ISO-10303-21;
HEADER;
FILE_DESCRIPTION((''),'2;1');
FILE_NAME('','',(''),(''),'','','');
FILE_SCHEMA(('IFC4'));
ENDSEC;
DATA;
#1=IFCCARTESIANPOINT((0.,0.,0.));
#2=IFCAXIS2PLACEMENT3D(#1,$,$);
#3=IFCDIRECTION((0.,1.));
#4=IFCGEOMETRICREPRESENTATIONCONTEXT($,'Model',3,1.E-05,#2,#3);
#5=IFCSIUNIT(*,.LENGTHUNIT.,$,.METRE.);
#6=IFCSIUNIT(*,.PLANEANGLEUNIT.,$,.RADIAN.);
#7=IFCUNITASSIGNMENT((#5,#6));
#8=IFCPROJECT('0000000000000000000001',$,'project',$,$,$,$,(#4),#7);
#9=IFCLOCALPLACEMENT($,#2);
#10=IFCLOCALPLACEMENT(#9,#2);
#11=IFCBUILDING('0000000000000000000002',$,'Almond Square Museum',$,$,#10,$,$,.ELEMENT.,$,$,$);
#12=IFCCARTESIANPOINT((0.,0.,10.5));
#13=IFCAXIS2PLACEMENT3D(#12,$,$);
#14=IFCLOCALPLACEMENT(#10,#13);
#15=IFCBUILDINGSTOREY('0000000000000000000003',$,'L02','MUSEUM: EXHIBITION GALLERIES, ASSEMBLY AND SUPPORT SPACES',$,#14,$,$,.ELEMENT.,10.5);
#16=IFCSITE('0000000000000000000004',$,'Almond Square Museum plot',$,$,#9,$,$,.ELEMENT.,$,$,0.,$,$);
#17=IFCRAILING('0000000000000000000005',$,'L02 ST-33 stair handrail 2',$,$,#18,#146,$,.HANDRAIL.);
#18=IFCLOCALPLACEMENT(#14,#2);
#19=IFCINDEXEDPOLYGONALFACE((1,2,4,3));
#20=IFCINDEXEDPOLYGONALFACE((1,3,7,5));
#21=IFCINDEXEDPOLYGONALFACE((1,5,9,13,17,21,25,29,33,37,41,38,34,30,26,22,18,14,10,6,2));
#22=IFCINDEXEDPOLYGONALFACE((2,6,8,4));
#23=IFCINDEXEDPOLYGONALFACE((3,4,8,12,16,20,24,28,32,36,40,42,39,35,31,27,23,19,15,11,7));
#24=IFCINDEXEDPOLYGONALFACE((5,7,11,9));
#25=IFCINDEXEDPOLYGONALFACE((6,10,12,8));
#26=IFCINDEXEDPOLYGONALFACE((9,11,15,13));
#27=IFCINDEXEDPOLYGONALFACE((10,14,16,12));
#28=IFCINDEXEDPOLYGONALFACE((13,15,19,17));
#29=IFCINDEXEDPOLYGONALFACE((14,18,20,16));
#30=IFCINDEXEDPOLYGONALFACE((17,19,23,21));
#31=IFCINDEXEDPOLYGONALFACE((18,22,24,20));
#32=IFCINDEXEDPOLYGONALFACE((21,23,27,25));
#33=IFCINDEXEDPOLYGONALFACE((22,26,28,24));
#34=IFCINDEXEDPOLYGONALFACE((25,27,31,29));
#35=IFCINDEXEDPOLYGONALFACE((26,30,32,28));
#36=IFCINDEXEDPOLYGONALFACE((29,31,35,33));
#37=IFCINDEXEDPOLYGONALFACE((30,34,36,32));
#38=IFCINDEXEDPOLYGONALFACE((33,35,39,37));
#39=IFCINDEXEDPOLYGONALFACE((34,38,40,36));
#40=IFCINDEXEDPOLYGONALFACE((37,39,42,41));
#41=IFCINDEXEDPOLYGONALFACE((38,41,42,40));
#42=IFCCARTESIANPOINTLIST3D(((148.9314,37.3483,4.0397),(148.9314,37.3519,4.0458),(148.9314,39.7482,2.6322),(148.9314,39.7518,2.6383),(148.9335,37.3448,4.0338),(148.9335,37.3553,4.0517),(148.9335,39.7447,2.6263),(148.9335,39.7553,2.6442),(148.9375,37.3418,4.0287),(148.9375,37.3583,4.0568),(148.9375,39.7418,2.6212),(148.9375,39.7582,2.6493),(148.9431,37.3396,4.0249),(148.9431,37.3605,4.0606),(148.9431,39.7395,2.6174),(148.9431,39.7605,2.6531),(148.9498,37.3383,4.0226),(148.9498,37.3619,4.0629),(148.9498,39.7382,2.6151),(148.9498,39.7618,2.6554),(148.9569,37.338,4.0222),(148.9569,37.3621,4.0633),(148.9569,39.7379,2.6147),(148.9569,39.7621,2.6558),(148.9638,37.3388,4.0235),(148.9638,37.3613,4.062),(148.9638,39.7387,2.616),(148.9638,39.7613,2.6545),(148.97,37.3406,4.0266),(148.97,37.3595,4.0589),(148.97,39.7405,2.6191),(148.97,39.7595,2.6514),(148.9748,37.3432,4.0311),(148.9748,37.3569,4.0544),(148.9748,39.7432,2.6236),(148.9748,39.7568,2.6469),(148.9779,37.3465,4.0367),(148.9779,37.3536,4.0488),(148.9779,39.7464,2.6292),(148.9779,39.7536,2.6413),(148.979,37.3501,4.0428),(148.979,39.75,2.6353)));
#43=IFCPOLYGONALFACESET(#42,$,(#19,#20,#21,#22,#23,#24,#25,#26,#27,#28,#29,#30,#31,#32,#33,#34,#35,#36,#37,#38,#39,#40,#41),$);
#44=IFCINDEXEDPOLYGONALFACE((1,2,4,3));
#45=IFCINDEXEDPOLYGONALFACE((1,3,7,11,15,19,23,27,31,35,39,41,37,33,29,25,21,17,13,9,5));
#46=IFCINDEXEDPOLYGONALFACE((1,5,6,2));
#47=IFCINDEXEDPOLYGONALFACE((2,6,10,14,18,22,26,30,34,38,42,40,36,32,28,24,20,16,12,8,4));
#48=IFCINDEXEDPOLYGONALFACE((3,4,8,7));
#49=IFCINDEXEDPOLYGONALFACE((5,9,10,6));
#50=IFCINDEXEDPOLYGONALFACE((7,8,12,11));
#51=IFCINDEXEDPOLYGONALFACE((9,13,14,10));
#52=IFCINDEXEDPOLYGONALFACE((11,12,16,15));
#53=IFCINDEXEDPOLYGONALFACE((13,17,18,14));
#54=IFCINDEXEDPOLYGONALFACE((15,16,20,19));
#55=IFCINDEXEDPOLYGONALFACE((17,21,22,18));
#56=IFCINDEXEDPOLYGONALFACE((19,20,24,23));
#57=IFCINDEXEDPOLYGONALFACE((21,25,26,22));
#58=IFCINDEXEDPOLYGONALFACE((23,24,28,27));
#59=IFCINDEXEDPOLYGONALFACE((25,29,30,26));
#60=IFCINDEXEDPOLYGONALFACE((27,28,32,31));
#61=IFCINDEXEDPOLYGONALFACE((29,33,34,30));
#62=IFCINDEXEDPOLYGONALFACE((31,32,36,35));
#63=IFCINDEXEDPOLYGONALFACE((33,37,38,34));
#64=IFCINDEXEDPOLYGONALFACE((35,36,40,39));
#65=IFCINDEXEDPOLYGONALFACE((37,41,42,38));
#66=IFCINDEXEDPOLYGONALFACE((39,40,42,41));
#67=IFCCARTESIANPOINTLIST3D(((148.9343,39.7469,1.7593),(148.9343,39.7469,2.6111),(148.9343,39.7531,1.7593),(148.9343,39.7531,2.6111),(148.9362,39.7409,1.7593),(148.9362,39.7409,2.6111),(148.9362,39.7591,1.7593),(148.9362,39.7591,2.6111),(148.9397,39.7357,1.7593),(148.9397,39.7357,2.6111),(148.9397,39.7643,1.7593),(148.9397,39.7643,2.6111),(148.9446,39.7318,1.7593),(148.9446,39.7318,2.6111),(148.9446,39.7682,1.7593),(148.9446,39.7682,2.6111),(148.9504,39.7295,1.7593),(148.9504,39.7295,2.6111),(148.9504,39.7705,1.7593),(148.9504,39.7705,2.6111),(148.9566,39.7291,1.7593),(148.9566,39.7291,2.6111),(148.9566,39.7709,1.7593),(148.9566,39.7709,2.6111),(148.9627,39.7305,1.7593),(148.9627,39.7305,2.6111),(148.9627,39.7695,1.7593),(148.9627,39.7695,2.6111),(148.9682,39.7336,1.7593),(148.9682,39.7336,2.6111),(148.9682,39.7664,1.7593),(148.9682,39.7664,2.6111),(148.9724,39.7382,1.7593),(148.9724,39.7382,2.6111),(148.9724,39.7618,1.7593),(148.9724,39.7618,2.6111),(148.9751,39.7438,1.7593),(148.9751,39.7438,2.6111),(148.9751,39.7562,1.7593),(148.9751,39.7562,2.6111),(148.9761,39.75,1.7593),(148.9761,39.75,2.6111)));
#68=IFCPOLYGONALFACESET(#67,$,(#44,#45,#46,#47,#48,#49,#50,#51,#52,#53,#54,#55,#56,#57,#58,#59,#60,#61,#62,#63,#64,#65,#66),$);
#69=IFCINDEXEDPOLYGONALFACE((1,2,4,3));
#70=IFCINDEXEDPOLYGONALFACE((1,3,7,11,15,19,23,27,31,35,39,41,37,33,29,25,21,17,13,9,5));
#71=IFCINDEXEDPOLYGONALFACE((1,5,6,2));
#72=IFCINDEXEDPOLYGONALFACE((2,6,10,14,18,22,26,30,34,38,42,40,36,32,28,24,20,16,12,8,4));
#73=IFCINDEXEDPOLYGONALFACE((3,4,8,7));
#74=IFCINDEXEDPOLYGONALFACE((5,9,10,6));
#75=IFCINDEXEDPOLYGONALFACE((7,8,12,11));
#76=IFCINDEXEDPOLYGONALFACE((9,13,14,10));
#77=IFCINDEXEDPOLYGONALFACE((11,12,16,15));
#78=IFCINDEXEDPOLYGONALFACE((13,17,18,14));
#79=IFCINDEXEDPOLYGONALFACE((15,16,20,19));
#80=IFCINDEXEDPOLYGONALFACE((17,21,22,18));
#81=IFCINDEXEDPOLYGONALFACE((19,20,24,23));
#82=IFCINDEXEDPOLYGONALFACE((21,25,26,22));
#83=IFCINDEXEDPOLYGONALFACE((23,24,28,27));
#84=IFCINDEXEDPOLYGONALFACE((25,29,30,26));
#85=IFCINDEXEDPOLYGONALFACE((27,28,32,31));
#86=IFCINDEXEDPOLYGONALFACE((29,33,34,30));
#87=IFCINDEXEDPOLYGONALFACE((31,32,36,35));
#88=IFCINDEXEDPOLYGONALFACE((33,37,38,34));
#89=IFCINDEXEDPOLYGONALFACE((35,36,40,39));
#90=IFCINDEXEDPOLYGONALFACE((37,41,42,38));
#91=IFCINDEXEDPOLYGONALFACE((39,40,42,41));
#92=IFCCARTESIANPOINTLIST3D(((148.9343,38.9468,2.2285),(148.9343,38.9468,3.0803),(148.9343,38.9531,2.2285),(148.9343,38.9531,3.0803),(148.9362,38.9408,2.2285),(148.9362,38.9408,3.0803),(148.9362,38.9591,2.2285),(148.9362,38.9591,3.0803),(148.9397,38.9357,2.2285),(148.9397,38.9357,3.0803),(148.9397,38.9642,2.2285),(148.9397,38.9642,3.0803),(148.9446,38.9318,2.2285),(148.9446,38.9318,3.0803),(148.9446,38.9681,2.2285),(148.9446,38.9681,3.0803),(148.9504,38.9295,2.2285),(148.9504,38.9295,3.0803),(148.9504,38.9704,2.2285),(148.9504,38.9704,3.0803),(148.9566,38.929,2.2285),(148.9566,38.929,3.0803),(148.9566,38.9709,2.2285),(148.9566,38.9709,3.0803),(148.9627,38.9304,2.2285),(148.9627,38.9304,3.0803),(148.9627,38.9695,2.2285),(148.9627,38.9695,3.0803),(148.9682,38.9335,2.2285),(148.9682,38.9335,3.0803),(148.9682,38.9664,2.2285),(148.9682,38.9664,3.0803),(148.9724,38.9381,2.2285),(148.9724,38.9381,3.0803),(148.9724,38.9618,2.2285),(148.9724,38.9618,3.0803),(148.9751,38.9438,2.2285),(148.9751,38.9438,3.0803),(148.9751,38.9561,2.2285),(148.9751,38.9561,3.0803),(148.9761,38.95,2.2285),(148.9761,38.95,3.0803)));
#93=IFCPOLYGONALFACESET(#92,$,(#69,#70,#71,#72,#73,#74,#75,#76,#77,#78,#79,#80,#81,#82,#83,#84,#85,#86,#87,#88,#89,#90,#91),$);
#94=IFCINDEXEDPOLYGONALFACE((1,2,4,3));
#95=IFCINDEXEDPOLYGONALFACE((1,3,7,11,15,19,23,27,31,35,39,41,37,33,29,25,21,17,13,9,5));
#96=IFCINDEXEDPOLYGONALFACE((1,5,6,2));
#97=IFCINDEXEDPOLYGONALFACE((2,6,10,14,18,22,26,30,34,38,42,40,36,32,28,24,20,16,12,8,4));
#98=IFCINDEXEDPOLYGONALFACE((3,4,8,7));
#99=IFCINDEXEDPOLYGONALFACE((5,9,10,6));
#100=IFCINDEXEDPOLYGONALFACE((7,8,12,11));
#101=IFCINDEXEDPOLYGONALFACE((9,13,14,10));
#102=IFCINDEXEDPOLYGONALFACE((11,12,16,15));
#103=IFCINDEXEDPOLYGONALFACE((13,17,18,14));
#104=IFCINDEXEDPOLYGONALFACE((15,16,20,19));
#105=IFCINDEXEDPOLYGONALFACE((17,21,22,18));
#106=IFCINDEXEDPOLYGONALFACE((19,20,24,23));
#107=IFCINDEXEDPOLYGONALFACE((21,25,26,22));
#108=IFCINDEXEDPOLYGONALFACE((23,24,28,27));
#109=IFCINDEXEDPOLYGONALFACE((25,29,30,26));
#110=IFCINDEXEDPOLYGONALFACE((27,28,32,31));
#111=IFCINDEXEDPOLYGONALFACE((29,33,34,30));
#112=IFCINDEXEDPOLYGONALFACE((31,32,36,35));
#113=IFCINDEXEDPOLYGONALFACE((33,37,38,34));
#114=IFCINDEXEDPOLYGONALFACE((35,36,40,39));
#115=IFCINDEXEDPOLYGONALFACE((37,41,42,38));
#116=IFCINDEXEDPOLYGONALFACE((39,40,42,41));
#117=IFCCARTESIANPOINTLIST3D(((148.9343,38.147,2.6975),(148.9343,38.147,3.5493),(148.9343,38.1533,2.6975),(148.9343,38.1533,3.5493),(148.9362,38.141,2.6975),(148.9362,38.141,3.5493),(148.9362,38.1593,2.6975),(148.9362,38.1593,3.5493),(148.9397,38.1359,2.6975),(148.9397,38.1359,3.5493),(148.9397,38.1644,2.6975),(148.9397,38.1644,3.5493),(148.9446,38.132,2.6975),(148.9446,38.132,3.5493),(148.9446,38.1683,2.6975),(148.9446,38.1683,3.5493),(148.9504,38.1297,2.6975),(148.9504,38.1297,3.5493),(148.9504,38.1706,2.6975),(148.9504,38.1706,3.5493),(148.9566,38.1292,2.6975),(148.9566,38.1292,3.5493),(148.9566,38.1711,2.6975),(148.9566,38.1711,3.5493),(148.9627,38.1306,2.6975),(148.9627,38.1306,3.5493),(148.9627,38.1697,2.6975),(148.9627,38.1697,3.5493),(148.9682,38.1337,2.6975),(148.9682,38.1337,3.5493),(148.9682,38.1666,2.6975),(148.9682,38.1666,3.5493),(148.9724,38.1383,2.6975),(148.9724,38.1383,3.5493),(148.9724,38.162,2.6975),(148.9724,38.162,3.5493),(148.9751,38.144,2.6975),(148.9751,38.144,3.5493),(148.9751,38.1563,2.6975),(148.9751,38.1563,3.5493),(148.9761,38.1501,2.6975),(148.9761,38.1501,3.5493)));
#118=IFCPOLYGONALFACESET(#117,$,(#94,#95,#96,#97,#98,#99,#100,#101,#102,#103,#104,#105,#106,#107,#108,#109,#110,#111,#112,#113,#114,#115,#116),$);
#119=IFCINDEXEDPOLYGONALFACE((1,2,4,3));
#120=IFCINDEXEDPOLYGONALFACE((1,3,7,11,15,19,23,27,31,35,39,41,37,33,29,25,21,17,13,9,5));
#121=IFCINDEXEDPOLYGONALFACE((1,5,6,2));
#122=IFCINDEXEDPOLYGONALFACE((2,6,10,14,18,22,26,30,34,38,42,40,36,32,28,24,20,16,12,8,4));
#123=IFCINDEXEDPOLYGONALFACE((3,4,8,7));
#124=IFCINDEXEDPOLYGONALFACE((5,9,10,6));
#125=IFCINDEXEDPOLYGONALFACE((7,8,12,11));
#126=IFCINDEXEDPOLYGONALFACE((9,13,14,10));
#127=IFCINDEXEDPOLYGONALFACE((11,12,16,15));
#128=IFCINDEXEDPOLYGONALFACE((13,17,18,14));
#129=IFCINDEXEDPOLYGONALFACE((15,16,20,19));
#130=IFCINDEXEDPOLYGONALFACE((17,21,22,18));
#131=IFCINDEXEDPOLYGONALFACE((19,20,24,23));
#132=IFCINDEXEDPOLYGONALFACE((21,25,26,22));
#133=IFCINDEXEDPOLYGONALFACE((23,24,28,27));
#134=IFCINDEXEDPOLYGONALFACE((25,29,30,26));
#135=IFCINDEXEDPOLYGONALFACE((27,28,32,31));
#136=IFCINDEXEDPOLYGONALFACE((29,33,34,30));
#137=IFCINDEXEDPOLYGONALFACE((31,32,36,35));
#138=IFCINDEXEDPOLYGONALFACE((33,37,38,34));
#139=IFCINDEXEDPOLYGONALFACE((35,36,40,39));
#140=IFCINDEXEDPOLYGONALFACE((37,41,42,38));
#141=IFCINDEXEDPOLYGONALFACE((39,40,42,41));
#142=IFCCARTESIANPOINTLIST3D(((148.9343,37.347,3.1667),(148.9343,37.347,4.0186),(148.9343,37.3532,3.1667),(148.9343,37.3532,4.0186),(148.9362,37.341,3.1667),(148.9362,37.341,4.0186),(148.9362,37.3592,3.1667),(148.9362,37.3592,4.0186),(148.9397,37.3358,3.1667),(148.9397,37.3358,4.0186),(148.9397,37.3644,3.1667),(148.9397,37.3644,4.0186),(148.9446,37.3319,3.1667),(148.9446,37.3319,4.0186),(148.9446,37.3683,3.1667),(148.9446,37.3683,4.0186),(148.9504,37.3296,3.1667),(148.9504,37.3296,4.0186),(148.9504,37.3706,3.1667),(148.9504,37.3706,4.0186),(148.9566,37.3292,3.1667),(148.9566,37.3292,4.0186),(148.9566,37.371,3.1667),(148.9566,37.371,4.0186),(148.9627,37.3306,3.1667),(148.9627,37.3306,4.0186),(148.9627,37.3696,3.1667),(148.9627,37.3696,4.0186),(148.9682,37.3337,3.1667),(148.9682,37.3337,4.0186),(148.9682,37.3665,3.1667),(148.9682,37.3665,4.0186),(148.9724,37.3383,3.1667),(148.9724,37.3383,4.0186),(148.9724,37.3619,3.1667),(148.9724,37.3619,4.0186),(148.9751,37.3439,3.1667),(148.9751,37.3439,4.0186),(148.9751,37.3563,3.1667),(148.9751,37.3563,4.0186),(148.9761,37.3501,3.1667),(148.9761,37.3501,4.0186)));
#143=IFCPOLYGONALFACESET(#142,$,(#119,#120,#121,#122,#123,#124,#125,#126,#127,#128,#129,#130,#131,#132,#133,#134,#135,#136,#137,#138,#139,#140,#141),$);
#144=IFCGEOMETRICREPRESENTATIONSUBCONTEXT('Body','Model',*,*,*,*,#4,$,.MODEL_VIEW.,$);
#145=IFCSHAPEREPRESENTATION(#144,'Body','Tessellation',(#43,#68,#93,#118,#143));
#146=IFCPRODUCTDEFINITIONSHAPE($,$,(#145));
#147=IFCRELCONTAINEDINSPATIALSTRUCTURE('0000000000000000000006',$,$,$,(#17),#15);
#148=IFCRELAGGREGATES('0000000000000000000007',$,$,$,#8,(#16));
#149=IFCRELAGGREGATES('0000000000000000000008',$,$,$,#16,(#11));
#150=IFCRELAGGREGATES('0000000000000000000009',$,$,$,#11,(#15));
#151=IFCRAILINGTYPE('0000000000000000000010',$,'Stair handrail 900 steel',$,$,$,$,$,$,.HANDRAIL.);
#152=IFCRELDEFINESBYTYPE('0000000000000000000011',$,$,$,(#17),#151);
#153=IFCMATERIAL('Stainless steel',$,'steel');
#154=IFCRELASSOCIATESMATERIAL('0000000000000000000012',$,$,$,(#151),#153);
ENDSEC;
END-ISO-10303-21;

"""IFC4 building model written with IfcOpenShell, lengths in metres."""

from ifc_helpers import new_model, si_unit, direction, frame, origin, origin_2d, place, context, subcontext, project, spatial, circle, extrude, material, type_object, element, save


model = new_model("IFC4")

# Units and contexts
model_context = context("Model", 3, precision=1e-05, world=origin(), true_north=direction((0.0, 1.0)))
body_context = subcontext(model_context, "Body", "Model", "MODEL_VIEW")
ifc_project = project(units=[si_unit("LENGTHUNIT", "METRE"), si_unit("PLANEANGLEUNIT", "RADIAN")], contexts=[model_context])

# Site, building, storey
site_placement = place(None, origin())
site = spatial("IfcSite", under=ifc_project, at=site_placement, Name="Almond Square Museum plot", CompositionType="ELEMENT", RefElevation=0.0)
building_placement = place(site_placement, origin())
building = spatial("IfcBuilding", under=site, at=building_placement, Name="Almond Square Museum", CompositionType="ELEMENT")
storey_placement = place(building_placement, frame((0.0, 0.0, 10.5)))
storey = spatial("IfcBuildingStorey", under=building, at=storey_placement, Name="L02", Description="MUSEUM: EXHIBITION GALLERIES, ASSEMBLY AND SUPPORT SPACES", CompositionType="ELEMENT", Elevation=10.5)

# Railing
ifc_material_1 = material(Name="Stainless steel", Category="steel")
railing_type_1 = type_object("IfcRailingType", Name="Stair handrail 900 steel", PredefinedType="HANDRAIL", material=ifc_material_1)
railing_1_placement = place(storey_placement, frame((148.9551, 39.75, 1.7593)))
element("IfcRailing", 1, at=railing_1_placement, inside=storey, type_object=railing_type_1, Name="L02 ST-33 stair handrail 2", PredefinedType="HANDRAIL", context=body_context, shape_type="SweptSolid", body=[
    extrude(circle(Radius=0.0239, at=origin_2d()), frame((0.0, 0.0, 0.876), z_axis=(0.0, -0.862599, 0.505888), x_axis=(1.0, 0.0, 0.0)), (0.0, 0.0, 1.0), 2.7822),
    extrude(circle(Radius=0.021, at=origin_2d()), origin(), (0.0, 0.0, 1.0), 0.8518),
    extrude(circle(Radius=0.021, at=origin_2d()), frame((0.0, -0.8, 0.4692)), (0.0, 0.0, 1.0), 0.8518),
    extrude(circle(Radius=0.021, at=origin_2d()), frame((0.0, -1.5999, 0.9382)), (0.0, 0.0, 1.0), 0.8518),
    extrude(circle(Radius=0.021, at=origin_2d()), frame((0.0, -2.3999, 1.4075)), (0.0, 0.0, 1.0), 0.8518),
])

save(model, "model.ifc")
